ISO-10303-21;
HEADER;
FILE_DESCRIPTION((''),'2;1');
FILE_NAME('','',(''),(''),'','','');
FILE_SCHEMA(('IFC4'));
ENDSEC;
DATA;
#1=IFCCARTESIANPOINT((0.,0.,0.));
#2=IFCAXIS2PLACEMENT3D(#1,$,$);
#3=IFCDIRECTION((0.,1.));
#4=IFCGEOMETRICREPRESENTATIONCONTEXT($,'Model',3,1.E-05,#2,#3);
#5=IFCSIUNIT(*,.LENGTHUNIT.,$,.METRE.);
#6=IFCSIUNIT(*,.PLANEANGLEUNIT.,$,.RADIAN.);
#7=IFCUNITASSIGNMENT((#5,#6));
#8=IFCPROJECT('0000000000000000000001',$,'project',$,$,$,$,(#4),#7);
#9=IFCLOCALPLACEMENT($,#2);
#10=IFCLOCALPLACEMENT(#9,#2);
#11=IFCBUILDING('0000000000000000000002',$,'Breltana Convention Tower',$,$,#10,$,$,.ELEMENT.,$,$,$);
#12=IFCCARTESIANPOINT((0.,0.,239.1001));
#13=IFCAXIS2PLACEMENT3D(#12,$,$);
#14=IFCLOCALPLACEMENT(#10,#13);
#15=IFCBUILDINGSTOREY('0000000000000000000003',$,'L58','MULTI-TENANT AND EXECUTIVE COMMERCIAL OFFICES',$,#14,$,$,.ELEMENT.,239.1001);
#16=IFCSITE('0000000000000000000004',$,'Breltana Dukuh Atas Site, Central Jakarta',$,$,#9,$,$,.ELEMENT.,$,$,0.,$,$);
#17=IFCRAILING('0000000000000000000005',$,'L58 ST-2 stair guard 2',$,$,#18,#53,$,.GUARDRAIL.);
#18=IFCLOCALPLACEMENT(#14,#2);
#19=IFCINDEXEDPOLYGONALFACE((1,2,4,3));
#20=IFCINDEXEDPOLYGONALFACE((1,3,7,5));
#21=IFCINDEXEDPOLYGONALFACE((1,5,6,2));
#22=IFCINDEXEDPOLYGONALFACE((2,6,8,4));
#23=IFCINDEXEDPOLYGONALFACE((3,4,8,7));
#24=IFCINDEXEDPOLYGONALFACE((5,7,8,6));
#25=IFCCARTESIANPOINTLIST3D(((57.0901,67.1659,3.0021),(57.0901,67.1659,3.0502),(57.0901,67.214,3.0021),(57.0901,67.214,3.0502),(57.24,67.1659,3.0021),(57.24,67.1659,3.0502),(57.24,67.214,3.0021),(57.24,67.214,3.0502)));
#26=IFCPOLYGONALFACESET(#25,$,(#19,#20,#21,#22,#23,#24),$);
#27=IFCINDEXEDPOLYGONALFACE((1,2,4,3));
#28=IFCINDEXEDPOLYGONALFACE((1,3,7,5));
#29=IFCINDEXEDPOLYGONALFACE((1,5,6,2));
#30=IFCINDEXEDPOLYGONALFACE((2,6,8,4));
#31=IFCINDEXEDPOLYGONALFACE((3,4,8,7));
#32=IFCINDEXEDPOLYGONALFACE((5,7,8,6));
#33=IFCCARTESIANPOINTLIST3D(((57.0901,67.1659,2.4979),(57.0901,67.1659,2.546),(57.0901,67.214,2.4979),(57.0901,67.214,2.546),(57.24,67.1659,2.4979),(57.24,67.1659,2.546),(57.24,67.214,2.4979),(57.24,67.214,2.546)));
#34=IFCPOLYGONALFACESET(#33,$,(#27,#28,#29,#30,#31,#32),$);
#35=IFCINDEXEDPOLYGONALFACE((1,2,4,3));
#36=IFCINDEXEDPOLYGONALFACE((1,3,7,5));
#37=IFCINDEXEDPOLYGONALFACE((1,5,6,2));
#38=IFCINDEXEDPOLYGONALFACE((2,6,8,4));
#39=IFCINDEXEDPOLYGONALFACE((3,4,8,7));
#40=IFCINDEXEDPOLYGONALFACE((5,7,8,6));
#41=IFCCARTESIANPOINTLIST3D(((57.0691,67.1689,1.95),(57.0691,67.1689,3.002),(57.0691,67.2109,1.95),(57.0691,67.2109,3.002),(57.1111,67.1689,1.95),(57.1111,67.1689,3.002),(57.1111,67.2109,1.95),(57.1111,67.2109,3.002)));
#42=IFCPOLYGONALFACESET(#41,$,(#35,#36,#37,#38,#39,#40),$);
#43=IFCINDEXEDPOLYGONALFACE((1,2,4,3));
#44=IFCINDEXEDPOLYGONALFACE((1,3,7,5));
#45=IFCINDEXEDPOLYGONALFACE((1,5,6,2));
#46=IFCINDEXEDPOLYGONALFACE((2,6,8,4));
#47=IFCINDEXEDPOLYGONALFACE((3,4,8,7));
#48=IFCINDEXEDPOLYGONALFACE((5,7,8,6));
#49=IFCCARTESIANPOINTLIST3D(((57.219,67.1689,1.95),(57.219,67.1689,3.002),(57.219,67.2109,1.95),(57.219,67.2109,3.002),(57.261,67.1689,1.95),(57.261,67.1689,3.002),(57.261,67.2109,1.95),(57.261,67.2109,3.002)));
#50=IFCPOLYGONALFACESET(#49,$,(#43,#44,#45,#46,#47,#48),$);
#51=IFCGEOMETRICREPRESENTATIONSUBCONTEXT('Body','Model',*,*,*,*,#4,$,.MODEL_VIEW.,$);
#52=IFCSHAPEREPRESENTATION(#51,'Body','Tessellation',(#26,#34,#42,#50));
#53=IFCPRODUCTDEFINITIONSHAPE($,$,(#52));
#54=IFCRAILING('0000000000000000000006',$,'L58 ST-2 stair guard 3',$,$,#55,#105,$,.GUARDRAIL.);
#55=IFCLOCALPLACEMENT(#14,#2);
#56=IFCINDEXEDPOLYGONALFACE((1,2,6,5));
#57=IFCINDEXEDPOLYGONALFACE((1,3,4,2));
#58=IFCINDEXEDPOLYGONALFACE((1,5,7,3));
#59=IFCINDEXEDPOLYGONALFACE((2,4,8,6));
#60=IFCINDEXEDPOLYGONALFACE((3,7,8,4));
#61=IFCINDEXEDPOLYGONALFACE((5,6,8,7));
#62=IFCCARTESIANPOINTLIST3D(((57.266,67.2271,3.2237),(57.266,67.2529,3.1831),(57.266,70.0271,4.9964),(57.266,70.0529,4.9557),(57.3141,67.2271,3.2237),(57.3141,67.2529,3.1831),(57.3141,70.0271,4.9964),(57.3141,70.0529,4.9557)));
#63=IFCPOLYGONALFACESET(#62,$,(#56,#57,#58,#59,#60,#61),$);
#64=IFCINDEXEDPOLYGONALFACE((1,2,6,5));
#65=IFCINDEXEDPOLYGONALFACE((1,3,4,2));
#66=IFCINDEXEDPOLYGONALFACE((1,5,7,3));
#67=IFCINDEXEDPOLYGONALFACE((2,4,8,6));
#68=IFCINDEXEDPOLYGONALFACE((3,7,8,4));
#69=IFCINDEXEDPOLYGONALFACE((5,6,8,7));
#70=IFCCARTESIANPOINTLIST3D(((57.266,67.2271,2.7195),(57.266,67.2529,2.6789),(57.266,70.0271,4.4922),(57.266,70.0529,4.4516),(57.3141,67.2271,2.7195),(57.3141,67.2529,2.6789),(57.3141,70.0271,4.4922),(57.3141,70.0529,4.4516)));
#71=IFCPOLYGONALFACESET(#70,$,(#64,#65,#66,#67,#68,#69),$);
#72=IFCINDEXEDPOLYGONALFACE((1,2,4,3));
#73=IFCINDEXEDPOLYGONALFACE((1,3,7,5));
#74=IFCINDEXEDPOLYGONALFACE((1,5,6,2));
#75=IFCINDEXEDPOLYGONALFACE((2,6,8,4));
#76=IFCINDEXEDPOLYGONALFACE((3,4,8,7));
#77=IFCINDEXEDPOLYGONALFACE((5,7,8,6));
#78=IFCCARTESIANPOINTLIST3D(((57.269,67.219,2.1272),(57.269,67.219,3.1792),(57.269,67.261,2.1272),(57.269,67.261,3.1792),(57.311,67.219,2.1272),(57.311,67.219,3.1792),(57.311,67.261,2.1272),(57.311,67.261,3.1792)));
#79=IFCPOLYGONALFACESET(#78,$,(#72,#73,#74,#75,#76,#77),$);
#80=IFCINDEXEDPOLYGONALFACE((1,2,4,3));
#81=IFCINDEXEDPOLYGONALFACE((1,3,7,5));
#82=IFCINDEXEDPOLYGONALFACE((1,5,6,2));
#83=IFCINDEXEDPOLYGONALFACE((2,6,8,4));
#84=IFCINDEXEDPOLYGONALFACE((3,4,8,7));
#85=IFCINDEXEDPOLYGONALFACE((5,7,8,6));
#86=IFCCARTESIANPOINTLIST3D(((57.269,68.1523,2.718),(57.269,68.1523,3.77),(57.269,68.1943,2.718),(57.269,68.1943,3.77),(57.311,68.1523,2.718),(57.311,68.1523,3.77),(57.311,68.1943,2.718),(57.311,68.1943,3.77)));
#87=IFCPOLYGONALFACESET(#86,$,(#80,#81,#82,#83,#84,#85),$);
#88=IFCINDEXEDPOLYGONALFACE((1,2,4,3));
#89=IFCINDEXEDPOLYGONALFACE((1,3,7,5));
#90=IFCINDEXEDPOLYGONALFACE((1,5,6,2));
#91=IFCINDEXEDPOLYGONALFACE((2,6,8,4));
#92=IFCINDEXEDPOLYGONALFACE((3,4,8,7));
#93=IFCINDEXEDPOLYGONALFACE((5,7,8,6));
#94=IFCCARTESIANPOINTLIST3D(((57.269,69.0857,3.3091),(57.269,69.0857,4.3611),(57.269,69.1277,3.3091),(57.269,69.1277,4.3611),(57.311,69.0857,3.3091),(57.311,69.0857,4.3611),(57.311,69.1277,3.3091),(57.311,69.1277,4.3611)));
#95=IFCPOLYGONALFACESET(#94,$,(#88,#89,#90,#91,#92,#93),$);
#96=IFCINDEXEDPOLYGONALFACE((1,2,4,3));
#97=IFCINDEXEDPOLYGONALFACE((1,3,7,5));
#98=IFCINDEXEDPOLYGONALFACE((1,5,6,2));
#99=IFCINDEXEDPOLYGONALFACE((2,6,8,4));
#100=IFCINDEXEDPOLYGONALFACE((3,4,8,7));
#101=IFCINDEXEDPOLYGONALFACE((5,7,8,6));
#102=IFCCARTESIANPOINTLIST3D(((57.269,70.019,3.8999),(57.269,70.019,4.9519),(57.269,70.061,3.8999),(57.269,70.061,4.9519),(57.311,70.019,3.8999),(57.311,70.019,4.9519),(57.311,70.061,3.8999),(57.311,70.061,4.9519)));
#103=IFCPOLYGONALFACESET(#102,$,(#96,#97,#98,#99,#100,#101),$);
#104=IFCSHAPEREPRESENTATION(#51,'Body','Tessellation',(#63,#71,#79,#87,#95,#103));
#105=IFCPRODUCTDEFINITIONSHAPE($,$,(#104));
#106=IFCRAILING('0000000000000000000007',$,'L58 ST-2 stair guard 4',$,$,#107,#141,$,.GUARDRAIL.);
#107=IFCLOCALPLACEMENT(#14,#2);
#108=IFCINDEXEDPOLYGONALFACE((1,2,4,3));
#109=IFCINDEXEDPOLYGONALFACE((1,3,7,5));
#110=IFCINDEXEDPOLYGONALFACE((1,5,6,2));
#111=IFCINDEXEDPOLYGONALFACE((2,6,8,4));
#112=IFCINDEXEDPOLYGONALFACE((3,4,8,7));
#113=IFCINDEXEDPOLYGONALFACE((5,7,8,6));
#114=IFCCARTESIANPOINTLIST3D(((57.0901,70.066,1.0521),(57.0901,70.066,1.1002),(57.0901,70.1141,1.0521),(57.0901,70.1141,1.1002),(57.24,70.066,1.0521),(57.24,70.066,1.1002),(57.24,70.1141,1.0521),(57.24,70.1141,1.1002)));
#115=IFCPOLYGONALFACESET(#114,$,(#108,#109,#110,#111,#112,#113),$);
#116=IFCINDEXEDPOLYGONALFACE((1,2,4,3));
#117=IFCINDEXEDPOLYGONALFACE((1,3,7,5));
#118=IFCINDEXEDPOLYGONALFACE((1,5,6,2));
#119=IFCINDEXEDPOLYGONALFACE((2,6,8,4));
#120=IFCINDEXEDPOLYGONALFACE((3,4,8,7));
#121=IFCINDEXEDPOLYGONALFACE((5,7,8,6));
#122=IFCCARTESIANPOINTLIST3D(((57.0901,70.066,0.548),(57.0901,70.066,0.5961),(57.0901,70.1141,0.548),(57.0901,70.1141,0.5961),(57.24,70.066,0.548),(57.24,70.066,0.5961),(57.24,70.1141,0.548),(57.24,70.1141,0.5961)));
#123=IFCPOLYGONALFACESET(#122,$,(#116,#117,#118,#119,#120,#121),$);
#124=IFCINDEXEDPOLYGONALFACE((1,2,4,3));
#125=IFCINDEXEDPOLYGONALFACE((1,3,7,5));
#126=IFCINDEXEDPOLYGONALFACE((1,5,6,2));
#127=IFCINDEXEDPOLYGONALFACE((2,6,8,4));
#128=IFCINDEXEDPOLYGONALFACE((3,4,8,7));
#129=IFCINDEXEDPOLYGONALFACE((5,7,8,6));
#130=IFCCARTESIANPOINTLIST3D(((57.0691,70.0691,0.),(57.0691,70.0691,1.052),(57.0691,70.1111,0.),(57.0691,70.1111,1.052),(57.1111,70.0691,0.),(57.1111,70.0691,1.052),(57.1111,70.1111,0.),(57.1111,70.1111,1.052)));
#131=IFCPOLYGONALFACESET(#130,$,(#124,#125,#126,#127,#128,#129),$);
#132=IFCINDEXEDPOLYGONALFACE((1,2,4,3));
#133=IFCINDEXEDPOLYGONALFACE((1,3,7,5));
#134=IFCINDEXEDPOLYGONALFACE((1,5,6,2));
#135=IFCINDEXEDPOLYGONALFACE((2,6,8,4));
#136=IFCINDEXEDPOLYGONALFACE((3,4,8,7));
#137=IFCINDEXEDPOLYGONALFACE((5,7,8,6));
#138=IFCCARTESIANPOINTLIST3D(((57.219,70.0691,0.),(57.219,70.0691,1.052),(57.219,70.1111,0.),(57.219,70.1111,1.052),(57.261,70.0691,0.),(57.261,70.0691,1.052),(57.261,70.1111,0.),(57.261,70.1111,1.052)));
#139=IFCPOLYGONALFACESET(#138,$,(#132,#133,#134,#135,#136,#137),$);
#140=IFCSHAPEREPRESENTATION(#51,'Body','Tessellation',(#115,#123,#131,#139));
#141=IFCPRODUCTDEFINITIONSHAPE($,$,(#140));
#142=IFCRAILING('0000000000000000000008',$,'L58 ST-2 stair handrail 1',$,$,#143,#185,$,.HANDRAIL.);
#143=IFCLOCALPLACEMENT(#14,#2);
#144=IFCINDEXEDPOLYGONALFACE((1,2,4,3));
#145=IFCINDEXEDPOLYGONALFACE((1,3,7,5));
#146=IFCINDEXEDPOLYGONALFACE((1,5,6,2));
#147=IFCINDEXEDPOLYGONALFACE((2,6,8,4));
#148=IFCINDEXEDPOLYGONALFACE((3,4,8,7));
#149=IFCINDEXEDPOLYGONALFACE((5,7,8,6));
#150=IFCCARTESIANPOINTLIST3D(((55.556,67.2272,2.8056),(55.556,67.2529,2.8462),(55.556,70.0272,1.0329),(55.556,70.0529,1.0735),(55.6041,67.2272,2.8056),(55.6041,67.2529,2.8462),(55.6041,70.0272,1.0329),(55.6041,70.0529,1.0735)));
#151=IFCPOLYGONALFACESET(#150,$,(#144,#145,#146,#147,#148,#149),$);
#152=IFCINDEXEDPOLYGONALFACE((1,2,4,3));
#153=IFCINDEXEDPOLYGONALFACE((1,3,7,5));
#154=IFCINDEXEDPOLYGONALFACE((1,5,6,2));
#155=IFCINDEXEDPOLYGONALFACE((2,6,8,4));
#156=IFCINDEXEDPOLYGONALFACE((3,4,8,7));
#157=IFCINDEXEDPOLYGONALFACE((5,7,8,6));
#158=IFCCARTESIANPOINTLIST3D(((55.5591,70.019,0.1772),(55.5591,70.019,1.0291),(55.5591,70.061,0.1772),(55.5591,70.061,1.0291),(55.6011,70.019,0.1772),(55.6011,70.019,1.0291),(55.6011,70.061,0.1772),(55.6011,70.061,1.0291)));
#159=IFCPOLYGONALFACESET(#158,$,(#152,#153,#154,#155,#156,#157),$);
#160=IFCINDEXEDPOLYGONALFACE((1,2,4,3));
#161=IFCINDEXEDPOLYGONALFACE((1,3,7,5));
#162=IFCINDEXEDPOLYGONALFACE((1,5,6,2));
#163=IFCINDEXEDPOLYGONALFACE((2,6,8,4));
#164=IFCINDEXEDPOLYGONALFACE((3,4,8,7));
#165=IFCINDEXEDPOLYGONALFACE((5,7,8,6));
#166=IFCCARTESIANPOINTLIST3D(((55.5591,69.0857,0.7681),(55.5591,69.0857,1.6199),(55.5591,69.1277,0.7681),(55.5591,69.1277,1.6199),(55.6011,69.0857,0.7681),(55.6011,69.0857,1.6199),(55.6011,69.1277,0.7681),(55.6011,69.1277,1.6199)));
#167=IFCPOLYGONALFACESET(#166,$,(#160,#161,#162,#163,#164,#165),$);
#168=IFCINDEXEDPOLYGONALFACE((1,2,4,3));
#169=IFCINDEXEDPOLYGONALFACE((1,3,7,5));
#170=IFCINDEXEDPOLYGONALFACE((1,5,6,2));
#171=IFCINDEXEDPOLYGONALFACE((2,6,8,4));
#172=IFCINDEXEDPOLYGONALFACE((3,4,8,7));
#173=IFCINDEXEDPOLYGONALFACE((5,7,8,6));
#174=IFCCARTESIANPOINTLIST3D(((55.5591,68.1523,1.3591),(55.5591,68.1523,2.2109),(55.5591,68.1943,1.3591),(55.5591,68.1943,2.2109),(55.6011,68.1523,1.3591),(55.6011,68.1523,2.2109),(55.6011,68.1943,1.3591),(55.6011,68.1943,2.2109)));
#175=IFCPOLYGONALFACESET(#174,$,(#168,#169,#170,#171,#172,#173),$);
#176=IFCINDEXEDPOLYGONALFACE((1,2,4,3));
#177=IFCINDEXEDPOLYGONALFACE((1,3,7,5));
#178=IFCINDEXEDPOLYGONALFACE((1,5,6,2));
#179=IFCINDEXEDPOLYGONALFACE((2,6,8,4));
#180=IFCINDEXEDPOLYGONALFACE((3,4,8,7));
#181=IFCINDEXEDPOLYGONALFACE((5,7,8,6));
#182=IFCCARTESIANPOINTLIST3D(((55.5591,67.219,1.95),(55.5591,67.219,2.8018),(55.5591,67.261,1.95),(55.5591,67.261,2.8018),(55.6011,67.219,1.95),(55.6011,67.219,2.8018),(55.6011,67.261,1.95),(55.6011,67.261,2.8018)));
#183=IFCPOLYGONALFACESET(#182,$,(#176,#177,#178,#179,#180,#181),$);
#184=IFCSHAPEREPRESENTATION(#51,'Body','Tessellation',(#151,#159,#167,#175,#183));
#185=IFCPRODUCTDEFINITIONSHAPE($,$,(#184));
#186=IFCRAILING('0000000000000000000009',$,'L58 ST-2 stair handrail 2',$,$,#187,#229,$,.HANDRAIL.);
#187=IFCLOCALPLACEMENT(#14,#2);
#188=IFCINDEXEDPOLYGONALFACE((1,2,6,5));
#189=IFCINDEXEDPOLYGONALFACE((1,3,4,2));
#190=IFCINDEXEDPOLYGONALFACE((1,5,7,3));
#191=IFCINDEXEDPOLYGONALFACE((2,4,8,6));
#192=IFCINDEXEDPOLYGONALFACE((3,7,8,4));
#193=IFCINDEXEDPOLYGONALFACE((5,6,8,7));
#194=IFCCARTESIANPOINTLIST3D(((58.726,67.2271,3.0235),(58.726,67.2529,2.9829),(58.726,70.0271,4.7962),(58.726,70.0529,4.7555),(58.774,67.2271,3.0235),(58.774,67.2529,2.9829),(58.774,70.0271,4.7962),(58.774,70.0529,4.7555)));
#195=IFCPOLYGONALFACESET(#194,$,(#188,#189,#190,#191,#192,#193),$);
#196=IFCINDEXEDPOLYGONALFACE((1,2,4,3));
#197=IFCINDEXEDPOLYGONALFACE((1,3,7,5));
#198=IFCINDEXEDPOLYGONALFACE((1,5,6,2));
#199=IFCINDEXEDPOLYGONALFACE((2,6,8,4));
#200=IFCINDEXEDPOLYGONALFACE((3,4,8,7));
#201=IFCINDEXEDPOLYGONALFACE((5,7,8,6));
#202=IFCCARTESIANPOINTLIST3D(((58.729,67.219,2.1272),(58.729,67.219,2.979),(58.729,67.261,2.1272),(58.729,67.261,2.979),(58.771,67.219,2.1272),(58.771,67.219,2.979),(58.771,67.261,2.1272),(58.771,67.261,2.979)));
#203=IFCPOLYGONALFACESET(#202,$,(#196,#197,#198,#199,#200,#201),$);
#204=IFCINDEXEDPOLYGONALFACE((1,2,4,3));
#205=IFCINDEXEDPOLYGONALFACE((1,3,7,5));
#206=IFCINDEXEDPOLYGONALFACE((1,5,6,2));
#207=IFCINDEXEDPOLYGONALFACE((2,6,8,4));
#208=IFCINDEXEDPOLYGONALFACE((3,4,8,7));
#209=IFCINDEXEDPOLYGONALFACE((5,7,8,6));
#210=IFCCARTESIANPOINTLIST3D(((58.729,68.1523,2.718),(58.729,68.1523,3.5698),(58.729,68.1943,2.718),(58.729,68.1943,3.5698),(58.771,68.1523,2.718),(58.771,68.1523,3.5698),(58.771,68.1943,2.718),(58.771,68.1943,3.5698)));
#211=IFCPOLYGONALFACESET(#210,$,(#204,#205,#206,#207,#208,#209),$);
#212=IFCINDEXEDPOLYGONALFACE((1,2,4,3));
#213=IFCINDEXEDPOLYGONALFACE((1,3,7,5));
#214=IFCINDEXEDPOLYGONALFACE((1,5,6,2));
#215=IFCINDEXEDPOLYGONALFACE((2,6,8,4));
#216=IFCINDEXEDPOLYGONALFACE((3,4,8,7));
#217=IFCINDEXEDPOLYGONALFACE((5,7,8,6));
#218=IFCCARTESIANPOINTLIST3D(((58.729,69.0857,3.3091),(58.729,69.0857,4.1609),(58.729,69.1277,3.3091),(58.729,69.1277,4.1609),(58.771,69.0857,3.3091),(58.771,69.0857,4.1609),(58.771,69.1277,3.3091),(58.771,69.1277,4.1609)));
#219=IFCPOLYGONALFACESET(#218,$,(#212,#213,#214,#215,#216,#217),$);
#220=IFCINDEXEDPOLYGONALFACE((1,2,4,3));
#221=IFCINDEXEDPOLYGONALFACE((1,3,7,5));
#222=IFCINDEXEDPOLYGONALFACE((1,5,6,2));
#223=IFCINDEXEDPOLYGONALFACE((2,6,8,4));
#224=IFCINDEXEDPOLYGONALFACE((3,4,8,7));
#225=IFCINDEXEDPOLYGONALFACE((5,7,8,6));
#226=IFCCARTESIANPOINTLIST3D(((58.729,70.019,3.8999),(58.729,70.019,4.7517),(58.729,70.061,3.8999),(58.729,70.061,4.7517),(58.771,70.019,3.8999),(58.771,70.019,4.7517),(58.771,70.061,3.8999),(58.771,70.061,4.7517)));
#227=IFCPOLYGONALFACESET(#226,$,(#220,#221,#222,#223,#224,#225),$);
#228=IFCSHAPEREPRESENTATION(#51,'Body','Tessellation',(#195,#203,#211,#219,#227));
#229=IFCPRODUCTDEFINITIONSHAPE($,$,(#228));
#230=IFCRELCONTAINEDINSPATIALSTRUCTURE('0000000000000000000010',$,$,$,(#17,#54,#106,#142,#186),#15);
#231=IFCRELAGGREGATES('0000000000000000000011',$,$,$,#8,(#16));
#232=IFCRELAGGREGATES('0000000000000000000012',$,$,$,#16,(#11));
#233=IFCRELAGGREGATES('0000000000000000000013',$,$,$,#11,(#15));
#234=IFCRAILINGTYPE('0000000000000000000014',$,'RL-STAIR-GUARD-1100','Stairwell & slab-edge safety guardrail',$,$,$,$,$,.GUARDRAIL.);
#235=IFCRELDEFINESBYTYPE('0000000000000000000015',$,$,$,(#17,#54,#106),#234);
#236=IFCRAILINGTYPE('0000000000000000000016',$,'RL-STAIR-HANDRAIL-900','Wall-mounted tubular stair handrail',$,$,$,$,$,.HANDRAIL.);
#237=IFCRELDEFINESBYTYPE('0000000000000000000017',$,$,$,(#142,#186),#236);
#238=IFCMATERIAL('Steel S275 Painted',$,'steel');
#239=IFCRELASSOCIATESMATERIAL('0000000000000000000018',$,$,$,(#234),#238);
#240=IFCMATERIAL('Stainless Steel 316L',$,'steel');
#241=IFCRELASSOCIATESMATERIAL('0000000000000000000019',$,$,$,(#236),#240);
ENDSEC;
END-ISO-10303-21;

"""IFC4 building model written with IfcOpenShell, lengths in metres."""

from ifc_helpers import new_model, si_unit, direction, frame, origin, origin_2d, place, context, subcontext, project, spatial, rectangle, extrude, material, type_object, element, save


model = new_model("IFC4")

# Units and contexts
model_context = context("Model", 3, precision=1e-05, world=origin(), true_north=direction((0.0, 1.0)))
body_context = subcontext(model_context, "Body", "Model", "MODEL_VIEW")
ifc_project = project(units=[si_unit("LENGTHUNIT", "METRE"), si_unit("PLANEANGLEUNIT", "RADIAN")], contexts=[model_context])

# Site, building, storey
site_placement = place(None, origin())
site = spatial("IfcSite", under=ifc_project, at=site_placement, Name="Breltana Dukuh Atas Site, Central Jakarta", CompositionType="ELEMENT", RefElevation=0.0)
building_placement = place(site_placement, origin())
building = spatial("IfcBuilding", under=site, at=building_placement, Name="Breltana Convention Tower", CompositionType="ELEMENT")
storey_placement = place(building_placement, frame((0.0, 0.0, 239.1001)))
storey = spatial("IfcBuildingStorey", under=building, at=storey_placement, Name="L58", Description="MULTI-TENANT AND EXECUTIVE COMMERCIAL OFFICES", CompositionType="ELEMENT", Elevation=239.1001)

# Railings
ifc_material_1 = material(Name="Steel S275 Painted", Category="steel")
railing_type_1 = type_object("IfcRailingType", Name="RL-STAIR-GUARD-1100", Description="Stairwell & slab-edge safety guardrail", PredefinedType="GUARDRAIL", material=ifc_material_1)
railing_1_placement = place(storey_placement, frame((57.0901, 67.1899, 1.95)))
element("IfcRailing", 1, at=railing_1_placement, inside=storey, type_object=railing_type_1, Name="L58 ST-2 stair guard 2", PredefinedType="GUARDRAIL", context=body_context, shape_type="SweptSolid", body=[
    extrude(rectangle(XDim=0.0481, YDim=0.0481, at=origin_2d()), frame((0.0, 0.0, 1.0762), z_axis=(1.0, 0.0, 0.0), x_axis=(0.0, 1.0, 0.0)), (0.0, 0.0, 1.0), 0.1499),
    extrude(rectangle(XDim=0.0481, YDim=0.0481, at=origin_2d()), frame((0.0, 0.0, 0.572), z_axis=(1.0, 0.0, 0.0), x_axis=(0.0, 1.0, 0.0)), (0.0, 0.0, 1.0), 0.1499),
    extrude(rectangle(XDim=0.042, YDim=0.042, at=origin_2d()), origin(), (0.0, 0.0, 1.0), 1.052),
    extrude(rectangle(XDim=0.042, YDim=0.042, at=origin_2d()), frame((0.1499, 0.0, 0.0)), (0.0, 0.0, 1.0), 1.052),
])
railing_2_placement = place(storey_placement, frame((57.29, 67.24, 2.1272)))
element("IfcRailing", 2, at=railing_2_placement, inside=storey, type_object=railing_type_1, Name="L58 ST-2 stair guard 3", PredefinedType="GUARDRAIL", context=body_context, shape_type="SweptSolid", body=[
    extrude(rectangle(XDim=0.0481, YDim=0.0481, at=origin_2d()), frame((0.0, 0.0, 1.0762), z_axis=(0.0, 0.844909, 0.53491), x_axis=(-1.0, 0.0, 0.0)), (0.0, 0.0, 1.0), 3.314),
    extrude(rectangle(XDim=0.0481, YDim=0.0481, at=origin_2d()), frame((0.0, 0.0, 0.572), z_axis=(0.0, 0.844909, 0.53491), x_axis=(-1.0, 0.0, 0.0)), (0.0, 0.0, 1.0), 3.314),
    extrude(rectangle(XDim=0.042, YDim=0.042, at=origin_2d()), origin(), (0.0, 0.0, 1.0), 1.052),
    extrude(rectangle(XDim=0.042, YDim=0.042, at=origin_2d()), frame((0.0, 0.9333, 0.5908)), (0.0, 0.0, 1.0), 1.052),
    extrude(rectangle(XDim=0.042, YDim=0.042, at=origin_2d()), frame((0.0, 1.8667, 1.1819)), (0.0, 0.0, 1.0), 1.052),
    extrude(rectangle(XDim=0.042, YDim=0.042, at=origin_2d()), frame((0.0, 2.8, 1.7727)), (0.0, 0.0, 1.0), 1.052),
])
railing_3_placement = place(storey_placement, frame((57.0901, 70.0901, 0.0)))
element("IfcRailing", 3, at=railing_3_placement, inside=storey, type_object=railing_type_1, Name="L58 ST-2 stair guard 4", PredefinedType="GUARDRAIL", context=body_context, shape_type="SweptSolid", body=[
    extrude(rectangle(XDim=0.0481, YDim=0.0481, at=origin_2d()), frame((0.0, 0.0, 1.0762), z_axis=(1.0, 0.0, 0.0), x_axis=(0.0, 1.0, 0.0)), (0.0, 0.0, 1.0), 0.1499),
    extrude(rectangle(XDim=0.0481, YDim=0.0481, at=origin_2d()), frame((0.0, 0.0, 0.572), z_axis=(1.0, 0.0, 0.0), x_axis=(0.0, 1.0, 0.0)), (0.0, 0.0, 1.0), 0.1499),
    extrude(rectangle(XDim=0.042, YDim=0.042, at=origin_2d()), origin(), (0.0, 0.0, 1.0), 1.052),
    extrude(rectangle(XDim=0.042, YDim=0.042, at=origin_2d()), frame((0.1499, 0.0, 0.0)), (0.0, 0.0, 1.0), 1.052),
])
ifc_material_2 = material(Name="Stainless Steel 316L", Category="steel")
railing_type_2 = type_object("IfcRailingType", Name="RL-STAIR-HANDRAIL-900", Description="Wall-mounted tubular stair handrail", PredefinedType="HANDRAIL", material=ifc_material_2)
railing_4_placement = place(storey_placement, frame((55.5801, 70.04, 0.1772)))
element("IfcRailing", 4, at=railing_4_placement, inside=storey, type_object=railing_type_2, Name="L58 ST-2 stair handrail 1", PredefinedType="HANDRAIL", context=body_context, shape_type="SweptSolid", body=[
    extrude(rectangle(XDim=0.0481, YDim=0.0481, at=origin_2d()), frame((0.0, 0.0, 0.876), z_axis=(0.0, -0.844909, 0.53491), x_axis=(1.0, 0.0, 0.0)), (0.0, 0.0, 1.0), 3.314),
    extrude(rectangle(XDim=0.042, YDim=0.042, at=origin_2d()), origin(), (0.0, 0.0, 1.0), 0.8518),
    extrude(rectangle(XDim=0.042, YDim=0.042, at=origin_2d()), frame((0.0, -0.9333, 0.5908)), (0.0, 0.0, 1.0), 0.8518),
    extrude(rectangle(XDim=0.042, YDim=0.042, at=origin_2d()), frame((0.0, -1.8667, 1.1819)), (0.0, 0.0, 1.0), 0.8518),
    extrude(rectangle(XDim=0.042, YDim=0.042, at=origin_2d()), frame((0.0, -2.8, 1.7727)), (0.0, 0.0, 1.0), 0.8518),
])
railing_5_placement = place(storey_placement, frame((58.75, 67.24, 2.1272)))
element("IfcRailing", 5, at=railing_5_placement, inside=storey, type_object=railing_type_2, Name="L58 ST-2 stair handrail 2", PredefinedType="HANDRAIL", context=body_context, shape_type="SweptSolid", body=[
    extrude(rectangle(XDim=0.0481, YDim=0.0481, at=origin_2d()), frame((0.0, 0.0, 0.876), z_axis=(0.0, 0.844909, 0.53491), x_axis=(-1.0, 0.0, 0.0)), (0.0, 0.0, 1.0), 3.314),
    extrude(rectangle(XDim=0.042, YDim=0.042, at=origin_2d()), origin(), (0.0, 0.0, 1.0), 0.8518),
    extrude(rectangle(XDim=0.042, YDim=0.042, at=origin_2d()), frame((0.0, 0.9333, 0.5908)), (0.0, 0.0, 1.0), 0.8518),
    extrude(rectangle(XDim=0.042, YDim=0.042, at=origin_2d()), frame((0.0, 1.8667, 1.1819)), (0.0, 0.0, 1.0), 0.8518),
    extrude(rectangle(XDim=0.042, YDim=0.042, at=origin_2d()), frame((0.0, 2.8, 1.7727)), (0.0, 0.0, 1.0), 0.8518),
])

save(model, "model.ifc")
